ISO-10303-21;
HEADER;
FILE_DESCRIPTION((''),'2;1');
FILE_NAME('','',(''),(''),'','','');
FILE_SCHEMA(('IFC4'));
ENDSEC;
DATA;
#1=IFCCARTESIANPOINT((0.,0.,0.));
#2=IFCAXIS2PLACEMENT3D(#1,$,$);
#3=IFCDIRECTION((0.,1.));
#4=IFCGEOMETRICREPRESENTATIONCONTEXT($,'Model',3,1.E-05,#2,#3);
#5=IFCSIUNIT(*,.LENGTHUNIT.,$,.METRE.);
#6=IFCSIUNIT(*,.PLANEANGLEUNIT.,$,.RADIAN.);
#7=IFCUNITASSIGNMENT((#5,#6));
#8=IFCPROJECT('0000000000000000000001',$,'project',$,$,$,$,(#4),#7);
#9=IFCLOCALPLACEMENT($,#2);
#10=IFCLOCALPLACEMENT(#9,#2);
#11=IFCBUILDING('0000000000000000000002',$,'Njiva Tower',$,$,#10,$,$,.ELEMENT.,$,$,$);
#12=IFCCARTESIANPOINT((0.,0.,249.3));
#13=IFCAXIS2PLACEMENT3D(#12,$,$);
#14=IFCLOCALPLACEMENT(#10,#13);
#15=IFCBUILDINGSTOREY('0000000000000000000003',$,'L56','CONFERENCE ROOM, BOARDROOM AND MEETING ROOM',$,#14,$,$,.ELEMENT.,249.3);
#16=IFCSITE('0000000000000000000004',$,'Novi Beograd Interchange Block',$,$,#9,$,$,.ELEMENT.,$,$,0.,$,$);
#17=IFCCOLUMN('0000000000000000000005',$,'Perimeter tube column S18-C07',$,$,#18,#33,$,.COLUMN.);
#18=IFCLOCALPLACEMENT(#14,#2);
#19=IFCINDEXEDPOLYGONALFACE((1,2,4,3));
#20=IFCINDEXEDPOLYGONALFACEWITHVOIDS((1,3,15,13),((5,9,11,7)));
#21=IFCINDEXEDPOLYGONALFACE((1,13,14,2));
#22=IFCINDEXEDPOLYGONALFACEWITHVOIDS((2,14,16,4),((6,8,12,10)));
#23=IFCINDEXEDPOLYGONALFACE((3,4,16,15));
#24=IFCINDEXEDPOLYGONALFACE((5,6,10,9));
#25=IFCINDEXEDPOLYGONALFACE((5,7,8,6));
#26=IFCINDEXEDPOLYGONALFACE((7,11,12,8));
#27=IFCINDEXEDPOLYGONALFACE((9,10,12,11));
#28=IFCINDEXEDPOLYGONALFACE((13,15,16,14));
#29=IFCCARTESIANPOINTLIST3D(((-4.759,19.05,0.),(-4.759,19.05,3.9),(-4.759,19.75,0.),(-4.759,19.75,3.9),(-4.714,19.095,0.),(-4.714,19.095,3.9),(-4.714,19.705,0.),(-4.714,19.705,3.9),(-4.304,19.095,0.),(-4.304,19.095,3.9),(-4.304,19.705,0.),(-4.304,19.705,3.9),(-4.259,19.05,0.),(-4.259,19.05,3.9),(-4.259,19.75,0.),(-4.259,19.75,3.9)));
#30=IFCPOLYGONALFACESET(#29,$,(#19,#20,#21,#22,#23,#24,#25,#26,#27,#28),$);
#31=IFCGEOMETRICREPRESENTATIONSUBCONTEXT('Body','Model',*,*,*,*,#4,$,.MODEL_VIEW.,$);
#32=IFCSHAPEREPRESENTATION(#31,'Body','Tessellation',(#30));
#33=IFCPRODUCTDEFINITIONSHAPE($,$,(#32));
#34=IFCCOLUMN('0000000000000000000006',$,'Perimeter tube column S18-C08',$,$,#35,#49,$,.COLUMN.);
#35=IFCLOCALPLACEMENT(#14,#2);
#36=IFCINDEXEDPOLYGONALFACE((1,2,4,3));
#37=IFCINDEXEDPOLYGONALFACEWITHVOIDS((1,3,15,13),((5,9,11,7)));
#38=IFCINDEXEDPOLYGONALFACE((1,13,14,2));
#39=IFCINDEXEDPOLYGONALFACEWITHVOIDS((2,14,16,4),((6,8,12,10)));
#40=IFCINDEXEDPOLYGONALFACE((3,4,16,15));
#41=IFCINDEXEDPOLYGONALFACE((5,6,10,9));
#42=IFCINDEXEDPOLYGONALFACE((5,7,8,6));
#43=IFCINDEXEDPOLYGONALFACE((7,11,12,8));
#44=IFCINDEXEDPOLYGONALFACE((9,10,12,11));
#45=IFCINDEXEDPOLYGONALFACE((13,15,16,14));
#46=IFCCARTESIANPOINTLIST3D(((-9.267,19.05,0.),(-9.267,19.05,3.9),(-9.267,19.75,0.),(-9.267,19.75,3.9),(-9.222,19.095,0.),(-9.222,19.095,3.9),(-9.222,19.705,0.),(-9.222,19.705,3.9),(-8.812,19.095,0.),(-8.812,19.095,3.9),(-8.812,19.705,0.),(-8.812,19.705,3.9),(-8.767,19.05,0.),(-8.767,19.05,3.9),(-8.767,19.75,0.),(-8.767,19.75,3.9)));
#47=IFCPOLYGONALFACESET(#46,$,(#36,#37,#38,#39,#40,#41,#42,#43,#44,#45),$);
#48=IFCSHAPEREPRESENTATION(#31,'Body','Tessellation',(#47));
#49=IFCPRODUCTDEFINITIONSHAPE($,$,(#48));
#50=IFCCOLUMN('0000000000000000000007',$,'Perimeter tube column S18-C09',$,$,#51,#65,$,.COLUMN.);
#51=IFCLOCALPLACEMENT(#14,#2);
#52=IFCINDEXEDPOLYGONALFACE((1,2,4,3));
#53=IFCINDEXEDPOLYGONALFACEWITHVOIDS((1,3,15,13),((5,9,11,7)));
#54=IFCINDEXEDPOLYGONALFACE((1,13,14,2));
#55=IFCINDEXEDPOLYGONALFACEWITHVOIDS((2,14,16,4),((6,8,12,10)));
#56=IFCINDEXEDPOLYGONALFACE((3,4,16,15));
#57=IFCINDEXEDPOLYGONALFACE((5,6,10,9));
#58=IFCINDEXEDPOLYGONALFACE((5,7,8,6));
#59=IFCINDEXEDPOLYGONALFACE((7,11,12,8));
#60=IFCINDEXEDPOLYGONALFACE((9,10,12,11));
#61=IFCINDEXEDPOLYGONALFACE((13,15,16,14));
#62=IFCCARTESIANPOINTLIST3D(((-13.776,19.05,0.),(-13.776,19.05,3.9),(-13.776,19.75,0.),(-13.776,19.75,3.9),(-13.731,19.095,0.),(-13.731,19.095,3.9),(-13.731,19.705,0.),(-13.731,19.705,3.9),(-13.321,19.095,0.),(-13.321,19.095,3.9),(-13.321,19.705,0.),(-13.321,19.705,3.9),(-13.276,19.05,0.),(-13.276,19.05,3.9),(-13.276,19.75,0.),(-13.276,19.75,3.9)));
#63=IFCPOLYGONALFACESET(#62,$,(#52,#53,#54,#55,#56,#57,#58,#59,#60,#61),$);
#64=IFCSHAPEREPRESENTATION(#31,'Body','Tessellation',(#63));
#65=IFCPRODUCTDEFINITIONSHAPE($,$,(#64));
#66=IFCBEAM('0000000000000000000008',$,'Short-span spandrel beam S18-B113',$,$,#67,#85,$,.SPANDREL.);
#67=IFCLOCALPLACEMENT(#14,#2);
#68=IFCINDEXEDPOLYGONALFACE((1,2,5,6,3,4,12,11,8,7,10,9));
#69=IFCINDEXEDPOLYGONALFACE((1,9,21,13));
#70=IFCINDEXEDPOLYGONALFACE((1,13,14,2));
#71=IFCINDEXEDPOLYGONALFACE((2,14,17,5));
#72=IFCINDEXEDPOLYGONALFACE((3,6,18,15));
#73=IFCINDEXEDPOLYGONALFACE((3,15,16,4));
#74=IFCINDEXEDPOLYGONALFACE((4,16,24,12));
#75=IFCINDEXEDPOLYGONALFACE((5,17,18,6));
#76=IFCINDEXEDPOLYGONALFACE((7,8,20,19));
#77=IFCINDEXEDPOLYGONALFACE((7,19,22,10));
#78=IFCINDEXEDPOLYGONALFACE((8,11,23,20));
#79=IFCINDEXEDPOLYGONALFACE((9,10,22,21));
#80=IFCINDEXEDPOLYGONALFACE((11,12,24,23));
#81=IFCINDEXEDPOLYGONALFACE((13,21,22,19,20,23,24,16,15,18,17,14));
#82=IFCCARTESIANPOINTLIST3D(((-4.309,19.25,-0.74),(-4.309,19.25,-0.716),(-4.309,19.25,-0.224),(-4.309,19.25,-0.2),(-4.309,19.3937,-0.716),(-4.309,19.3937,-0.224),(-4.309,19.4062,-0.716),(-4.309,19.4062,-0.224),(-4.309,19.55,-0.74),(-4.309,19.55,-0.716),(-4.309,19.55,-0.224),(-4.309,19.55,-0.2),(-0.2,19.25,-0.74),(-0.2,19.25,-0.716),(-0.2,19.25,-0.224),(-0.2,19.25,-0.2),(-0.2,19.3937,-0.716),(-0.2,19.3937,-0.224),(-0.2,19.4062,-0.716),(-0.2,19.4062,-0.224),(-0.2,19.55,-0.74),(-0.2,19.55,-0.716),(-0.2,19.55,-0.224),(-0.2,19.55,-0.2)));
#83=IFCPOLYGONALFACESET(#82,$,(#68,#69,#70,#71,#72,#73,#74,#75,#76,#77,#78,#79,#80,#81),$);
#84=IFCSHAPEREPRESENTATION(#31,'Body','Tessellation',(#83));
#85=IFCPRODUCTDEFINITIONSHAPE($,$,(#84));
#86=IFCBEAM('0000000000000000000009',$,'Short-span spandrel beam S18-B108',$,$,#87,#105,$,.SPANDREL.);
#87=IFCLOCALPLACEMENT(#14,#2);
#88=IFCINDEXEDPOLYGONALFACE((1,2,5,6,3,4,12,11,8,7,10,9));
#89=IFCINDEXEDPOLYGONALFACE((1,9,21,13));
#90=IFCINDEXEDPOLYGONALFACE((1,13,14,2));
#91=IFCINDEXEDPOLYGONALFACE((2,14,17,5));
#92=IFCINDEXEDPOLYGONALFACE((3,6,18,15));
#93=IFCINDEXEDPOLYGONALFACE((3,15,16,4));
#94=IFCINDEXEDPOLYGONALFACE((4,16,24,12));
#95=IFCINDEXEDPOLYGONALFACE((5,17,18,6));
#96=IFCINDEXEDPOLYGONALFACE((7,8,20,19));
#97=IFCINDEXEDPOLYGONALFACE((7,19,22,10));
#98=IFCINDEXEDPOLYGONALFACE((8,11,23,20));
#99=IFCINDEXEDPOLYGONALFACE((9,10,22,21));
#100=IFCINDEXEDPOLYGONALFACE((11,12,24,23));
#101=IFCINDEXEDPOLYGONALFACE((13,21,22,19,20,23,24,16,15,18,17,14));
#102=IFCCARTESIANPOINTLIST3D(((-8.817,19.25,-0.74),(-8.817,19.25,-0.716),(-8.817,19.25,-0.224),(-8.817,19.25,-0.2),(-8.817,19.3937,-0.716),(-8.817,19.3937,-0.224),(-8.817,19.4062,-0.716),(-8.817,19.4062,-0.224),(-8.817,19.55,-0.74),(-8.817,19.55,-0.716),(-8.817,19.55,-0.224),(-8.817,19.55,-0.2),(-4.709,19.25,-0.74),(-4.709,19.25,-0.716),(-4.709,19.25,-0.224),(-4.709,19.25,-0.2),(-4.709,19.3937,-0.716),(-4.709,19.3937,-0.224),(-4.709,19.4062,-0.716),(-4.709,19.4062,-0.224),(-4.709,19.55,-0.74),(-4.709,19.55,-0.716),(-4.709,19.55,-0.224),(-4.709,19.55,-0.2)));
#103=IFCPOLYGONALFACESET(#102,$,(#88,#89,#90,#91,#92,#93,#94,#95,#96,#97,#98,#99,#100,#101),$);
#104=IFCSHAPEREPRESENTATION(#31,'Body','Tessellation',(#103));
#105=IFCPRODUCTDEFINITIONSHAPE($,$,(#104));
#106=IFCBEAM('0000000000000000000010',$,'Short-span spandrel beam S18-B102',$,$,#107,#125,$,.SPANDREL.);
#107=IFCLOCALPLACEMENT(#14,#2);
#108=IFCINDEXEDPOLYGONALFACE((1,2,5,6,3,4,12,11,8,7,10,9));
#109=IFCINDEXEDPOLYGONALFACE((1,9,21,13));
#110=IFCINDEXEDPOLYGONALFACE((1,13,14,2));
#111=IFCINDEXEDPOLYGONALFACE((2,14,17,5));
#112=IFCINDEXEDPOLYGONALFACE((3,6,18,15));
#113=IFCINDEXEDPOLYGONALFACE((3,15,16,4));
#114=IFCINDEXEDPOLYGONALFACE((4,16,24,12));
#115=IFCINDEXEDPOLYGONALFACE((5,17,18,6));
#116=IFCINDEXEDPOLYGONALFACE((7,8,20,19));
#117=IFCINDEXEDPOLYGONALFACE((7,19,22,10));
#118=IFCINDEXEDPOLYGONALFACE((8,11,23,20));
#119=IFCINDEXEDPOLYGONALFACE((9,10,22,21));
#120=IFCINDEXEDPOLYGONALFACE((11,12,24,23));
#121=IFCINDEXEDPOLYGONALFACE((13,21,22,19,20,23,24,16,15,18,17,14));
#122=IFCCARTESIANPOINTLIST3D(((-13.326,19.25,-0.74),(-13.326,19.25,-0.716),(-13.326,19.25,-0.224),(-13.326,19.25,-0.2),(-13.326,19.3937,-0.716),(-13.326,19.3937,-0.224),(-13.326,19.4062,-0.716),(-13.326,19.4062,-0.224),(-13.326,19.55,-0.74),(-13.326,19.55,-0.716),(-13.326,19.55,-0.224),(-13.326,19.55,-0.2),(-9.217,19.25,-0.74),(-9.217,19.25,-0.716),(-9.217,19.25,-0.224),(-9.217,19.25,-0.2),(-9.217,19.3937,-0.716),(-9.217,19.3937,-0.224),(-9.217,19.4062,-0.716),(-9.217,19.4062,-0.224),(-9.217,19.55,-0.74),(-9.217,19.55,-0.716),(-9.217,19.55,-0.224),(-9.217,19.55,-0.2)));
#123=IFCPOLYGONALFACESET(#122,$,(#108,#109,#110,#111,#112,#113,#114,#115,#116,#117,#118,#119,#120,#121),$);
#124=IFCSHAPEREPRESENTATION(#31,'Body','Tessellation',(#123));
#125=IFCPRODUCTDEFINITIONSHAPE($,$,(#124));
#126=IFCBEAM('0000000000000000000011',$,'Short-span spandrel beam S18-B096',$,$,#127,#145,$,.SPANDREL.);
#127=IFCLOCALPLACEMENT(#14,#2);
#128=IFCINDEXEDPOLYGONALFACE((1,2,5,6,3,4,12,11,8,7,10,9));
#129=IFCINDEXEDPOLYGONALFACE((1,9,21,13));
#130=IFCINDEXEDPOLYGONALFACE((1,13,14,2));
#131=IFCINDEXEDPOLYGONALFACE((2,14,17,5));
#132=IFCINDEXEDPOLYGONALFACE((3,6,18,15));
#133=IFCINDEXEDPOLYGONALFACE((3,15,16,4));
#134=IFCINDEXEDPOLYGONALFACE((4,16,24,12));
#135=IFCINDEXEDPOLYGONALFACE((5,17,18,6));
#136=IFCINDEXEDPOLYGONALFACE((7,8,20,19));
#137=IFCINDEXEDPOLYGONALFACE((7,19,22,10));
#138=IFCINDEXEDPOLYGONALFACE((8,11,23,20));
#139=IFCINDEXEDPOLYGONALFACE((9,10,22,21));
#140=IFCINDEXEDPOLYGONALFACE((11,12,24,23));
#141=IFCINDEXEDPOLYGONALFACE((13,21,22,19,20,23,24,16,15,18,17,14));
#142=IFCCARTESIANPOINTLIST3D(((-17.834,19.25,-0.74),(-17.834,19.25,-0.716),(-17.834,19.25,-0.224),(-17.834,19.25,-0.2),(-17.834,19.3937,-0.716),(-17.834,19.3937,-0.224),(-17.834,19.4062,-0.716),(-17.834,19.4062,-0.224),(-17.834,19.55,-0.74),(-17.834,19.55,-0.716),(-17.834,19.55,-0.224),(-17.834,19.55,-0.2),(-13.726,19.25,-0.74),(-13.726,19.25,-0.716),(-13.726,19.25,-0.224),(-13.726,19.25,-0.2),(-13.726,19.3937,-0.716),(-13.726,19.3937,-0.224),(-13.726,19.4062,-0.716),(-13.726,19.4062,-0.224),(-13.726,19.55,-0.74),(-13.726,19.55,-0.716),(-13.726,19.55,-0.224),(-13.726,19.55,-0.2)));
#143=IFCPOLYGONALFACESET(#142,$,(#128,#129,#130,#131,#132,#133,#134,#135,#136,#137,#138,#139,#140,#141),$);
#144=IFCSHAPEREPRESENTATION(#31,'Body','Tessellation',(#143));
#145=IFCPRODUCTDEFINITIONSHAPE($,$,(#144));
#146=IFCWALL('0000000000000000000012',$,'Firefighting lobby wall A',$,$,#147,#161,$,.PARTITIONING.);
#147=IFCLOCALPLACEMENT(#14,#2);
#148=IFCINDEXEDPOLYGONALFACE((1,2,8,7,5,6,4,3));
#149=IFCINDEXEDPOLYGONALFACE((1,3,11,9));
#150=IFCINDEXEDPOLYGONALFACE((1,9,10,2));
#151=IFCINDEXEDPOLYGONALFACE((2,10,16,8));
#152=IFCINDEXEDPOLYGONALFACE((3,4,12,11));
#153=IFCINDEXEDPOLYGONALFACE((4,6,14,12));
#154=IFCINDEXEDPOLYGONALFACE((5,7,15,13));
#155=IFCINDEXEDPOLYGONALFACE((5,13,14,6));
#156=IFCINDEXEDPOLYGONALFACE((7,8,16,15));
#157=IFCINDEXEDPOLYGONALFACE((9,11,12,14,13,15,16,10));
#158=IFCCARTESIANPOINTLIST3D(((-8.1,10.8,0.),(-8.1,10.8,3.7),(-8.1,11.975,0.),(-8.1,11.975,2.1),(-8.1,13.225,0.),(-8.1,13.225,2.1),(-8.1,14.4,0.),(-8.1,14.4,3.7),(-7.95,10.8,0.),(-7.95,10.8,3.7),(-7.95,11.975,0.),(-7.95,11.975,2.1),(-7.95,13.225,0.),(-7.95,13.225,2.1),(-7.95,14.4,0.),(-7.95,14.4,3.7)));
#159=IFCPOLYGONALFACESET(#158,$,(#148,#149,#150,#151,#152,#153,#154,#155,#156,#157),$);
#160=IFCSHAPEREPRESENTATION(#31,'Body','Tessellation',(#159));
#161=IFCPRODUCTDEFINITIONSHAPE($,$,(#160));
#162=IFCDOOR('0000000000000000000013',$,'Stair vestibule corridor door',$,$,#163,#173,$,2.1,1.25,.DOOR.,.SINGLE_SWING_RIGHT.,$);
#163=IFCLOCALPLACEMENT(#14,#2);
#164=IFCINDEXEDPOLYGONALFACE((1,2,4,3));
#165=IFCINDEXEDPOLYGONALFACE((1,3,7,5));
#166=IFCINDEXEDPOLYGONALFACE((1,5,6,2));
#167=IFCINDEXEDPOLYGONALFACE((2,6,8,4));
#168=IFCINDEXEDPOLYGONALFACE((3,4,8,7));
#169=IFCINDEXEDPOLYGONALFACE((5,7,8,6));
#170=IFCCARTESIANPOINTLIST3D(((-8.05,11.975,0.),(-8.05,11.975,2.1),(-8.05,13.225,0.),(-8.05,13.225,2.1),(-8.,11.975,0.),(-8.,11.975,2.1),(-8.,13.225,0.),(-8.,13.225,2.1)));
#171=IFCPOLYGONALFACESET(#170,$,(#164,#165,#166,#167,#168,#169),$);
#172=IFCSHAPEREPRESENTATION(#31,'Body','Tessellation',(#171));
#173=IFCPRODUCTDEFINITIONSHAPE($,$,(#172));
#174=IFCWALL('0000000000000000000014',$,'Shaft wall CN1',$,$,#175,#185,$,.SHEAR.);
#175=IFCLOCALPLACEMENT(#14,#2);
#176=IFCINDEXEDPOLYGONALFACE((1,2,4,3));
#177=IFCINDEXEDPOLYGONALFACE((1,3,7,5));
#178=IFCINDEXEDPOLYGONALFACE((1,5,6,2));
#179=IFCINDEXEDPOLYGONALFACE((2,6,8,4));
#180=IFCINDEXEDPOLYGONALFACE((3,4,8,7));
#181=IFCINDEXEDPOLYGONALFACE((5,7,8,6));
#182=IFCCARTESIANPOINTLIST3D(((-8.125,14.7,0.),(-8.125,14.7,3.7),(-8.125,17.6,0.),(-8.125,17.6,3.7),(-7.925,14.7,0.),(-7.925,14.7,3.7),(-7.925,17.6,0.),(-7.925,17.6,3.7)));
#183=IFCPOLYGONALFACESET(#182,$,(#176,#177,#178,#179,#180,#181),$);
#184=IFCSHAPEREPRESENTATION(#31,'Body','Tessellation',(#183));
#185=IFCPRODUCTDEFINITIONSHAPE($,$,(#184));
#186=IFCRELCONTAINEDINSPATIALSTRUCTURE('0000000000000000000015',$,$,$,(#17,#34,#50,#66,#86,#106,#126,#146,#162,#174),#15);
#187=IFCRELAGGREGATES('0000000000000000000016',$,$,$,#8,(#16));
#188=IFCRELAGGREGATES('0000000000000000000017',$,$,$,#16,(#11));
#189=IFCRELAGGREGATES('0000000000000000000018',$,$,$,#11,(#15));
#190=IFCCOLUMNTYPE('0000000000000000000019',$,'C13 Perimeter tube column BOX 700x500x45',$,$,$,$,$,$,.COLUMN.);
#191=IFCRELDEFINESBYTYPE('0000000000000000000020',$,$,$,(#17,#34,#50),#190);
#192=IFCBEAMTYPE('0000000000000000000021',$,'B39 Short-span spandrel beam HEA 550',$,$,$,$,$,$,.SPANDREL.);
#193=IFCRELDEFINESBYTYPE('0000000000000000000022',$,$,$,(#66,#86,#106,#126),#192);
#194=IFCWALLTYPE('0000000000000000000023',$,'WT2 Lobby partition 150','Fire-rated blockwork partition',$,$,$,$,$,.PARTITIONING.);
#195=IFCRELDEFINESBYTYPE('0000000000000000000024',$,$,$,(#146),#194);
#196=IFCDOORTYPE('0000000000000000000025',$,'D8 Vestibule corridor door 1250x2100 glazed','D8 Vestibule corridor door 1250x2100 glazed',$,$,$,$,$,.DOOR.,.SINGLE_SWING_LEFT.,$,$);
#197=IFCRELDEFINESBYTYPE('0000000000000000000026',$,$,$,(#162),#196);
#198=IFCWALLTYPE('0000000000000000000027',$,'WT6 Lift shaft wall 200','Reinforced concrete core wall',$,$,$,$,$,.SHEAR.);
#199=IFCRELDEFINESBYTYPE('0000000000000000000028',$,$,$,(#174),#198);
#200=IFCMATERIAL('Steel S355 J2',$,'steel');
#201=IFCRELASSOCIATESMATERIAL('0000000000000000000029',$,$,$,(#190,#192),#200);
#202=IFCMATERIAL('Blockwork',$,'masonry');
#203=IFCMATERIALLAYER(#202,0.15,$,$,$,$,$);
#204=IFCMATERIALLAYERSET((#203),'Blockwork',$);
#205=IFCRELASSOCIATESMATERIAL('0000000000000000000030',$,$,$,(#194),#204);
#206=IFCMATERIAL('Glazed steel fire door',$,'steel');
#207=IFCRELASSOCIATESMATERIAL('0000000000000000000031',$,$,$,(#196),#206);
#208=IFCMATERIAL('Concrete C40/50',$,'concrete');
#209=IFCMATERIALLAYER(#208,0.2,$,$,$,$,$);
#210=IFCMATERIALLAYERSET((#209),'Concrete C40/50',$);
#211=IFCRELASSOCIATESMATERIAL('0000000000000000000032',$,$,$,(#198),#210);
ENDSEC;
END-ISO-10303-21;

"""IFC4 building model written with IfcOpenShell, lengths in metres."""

from ifc_helpers import new_model, si_unit, direction, frame, frame_2d, origin, origin_2d, place, context, subcontext, project, spatial, rectangle, hollow_rectangle, i_section, extrude, material, layer, layer_set, material_profile, profile_set, type_object, element, fill, save


model = new_model("IFC4")

# Units and contexts
model_context = context("Model", 3, precision=1e-05, world=origin(), true_north=direction((0.0, 1.0)))
body_context = subcontext(model_context, "Body", "Model", "MODEL_VIEW")
ifc_project = project(units=[si_unit("LENGTHUNIT", "METRE"), si_unit("PLANEANGLEUNIT", "RADIAN")], contexts=[model_context])

# Site, building, storey
site_placement = place(None, origin())
site = spatial("IfcSite", under=ifc_project, at=site_placement, Name="Novi Beograd Interchange Block", CompositionType="ELEMENT", RefElevation=0.0)
building_placement = place(site_placement, origin())
building = spatial("IfcBuilding", under=site, at=building_placement, Name="Njiva Tower", CompositionType="ELEMENT")
storey_placement = place(building_placement, frame((0.0, 0.0, 249.3)))
storey = spatial("IfcBuildingStorey", under=building, at=storey_placement, Name="L56", Description="CONFERENCE ROOM, BOARDROOM AND MEETING ROOM", CompositionType="ELEMENT", Elevation=249.3)

# Columns
ifc_material_1 = material(Name="Steel S355 J2", Category="steel")
ifc_material_profile_1 = material_profile(ifc_material_1, hollow_rectangle(XDim=0.5, YDim=0.7, WallThickness=0.045, at=origin_2d()), Name="BOX 700x500x45")
ifc_profile_set_1 = profile_set([ifc_material_profile_1], Name="Steel S355 J2")
column_type = type_object("IfcColumnType", Name="C13 Perimeter tube column BOX 700x500x45", PredefinedType="COLUMN", material=ifc_profile_set_1)
for number, where, z_axis, x_axis, name in (
    (1, (-4.509, 19.4, 0.0), (0.0, 0.0, 1.0), (-1.0, 0.0, 0.0), "Perimeter tube column S18-C07"),
    (2, (-9.017, 19.4, 0.0), (0.0, 0.0, 1.0), (-1.0, 0.0, 0.0), "Perimeter tube column S18-C08"),
    (3, (-13.526, 19.4, 0.0), (0.0, 0.0, 1.0), (-1.0, 0.0, 0.0), "Perimeter tube column S18-C09"),
):
    element("IfcColumn", number, at=place(storey_placement, frame(where, z_axis=z_axis, x_axis=x_axis)), inside=storey, type_object=column_type, Name=name, PredefinedType="COLUMN", context=body_context, shape_type="SweptSolid", body=[
        extrude(hollow_rectangle(XDim=0.5, YDim=0.7, WallThickness=0.045, at=origin_2d()), origin(), (0.0, 0.0, 1.0), 3.9),
    ])

# Beams
ifc_material_profile_2 = material_profile(ifc_material_1, i_section(OverallWidth=0.3, OverallDepth=0.54, WebThickness=0.0125, FlangeThickness=0.024, at=origin_2d()), Name="HEA 550")
ifc_profile_set_2 = profile_set([ifc_material_profile_2], Name="Steel S355 J2")
beam_type = type_object("IfcBeamType", Name="B39 Short-span spandrel beam HEA 550", PredefinedType="SPANDREL", material=ifc_profile_set_2)
beam_1_placement = place(storey_placement, frame((-0.2, 19.4, -0.47), z_axis=(-1.0, 0.0, 0.0), x_axis=(0.0, -1.0, 0.0)))
element("IfcBeam", 4, at=beam_1_placement, inside=storey, type_object=beam_type, Name="Short-span spandrel beam S18-B113", PredefinedType="SPANDREL", context=body_context, shape_type="SweptSolid", body=[
    extrude(i_section(OverallWidth=0.3, OverallDepth=0.54, WebThickness=0.0125, FlangeThickness=0.024, at=origin_2d()), origin(), (0.0, 0.0, 1.0), 4.109),
])
beam_2_placement = place(storey_placement, frame((-4.709, 19.4, -0.47), z_axis=(-1.0, 0.0, 0.0), x_axis=(0.0, -1.0, 0.0)))
element("IfcBeam", 5, at=beam_2_placement, inside=storey, type_object=beam_type, Name="Short-span spandrel beam S18-B108", PredefinedType="SPANDREL", context=body_context, shape_type="SweptSolid", body=[
    extrude(i_section(OverallWidth=0.3, OverallDepth=0.54, WebThickness=0.0125, FlangeThickness=0.024, at=origin_2d()), origin(), (0.0, 0.0, 1.0), 4.108),
])
beam_3_placement = place(storey_placement, frame((-9.217, 19.4, -0.47), z_axis=(-1.0, 0.0, 0.0), x_axis=(0.0, -1.0, 0.0)))
element("IfcBeam", 6, at=beam_3_placement, inside=storey, type_object=beam_type, Name="Short-span spandrel beam S18-B102", PredefinedType="SPANDREL", context=body_context, shape_type="SweptSolid", body=[
    extrude(i_section(OverallWidth=0.3, OverallDepth=0.54, WebThickness=0.0125, FlangeThickness=0.024, at=origin_2d()), origin(), (0.0, 0.0, 1.0), 4.109),
])
beam_4_placement = place(storey_placement, frame((-13.726, 19.4, -0.47), z_axis=(-1.0, 0.0, 0.0), x_axis=(0.0, -1.0, 0.0)))
element("IfcBeam", 7, at=beam_4_placement, inside=storey, type_object=beam_type, Name="Short-span spandrel beam S18-B096", PredefinedType="SPANDREL", context=body_context, shape_type="SweptSolid", body=[
    extrude(i_section(OverallWidth=0.3, OverallDepth=0.54, WebThickness=0.0125, FlangeThickness=0.024, at=origin_2d()), origin(), (0.0, 0.0, 1.0), 4.108),
])

# Wall, opening, door
ifc_material_2 = material(Name="Blockwork", Category="masonry")
ifc_layer_1 = layer(ifc_material_2, 0.15)
ifc_layer_set_1 = layer_set([ifc_layer_1], Name="Blockwork")
wall_type_1 = type_object("IfcWallType", Name="WT2 Lobby partition 150", Description="Fire-rated blockwork partition", PredefinedType="PARTITIONING", material=ifc_layer_set_1)
wall_1_placement = place(storey_placement, frame((-8.025, 10.8, 0.0), z_axis=(0.0, 0.0, 1.0), x_axis=(0.0, 1.0, 0.0)))
wall_1 = element("IfcWall", 8, at=wall_1_placement, inside=storey, type_object=wall_type_1, Name="Firefighting lobby wall A", PredefinedType="PARTITIONING", context=body_context, shape_type="SweptSolid", body=[
    extrude(rectangle(XDim=3.6, YDim=0.15, at=frame_2d((1.8, 0.0))), origin(), (0.0, 0.0, 1.0), 3.7),
])
opening_1_placement = place(wall_1_placement, frame((1.175, 0.0, 0.0)))
opening_1 = element("IfcOpeningElement", 9, at=opening_1_placement, cuts=wall_1, PredefinedType="OPENING", context=body_context, shape_type="SweptSolid", body=[
    extrude(rectangle(XDim=1.25, YDim=2.1, at=frame_2d((0.625, 1.05))), frame((0.0, 0.085, 0.0), z_axis=(0.0, -1.0, 0.0), x_axis=(1.0, 0.0, 0.0)), (0.0, 0.0, 1.0), 0.17),
])
ifc_material_3 = material(Name="Glazed steel fire door", Category="steel")
door_type_1 = type_object("IfcDoorType", Name="D8 Vestibule corridor door 1250x2100 glazed", Description="D8 Vestibule corridor door 1250x2100 glazed", OperationType="SINGLE_SWING_LEFT", PredefinedType="DOOR", material=ifc_material_3)
door_1_placement = place(opening_1_placement, origin())
door_1 = element("IfcDoor", 10, at=door_1_placement, inside=storey, type_object=door_type_1, Name="Stair vestibule corridor door", OperationType="SINGLE_SWING_RIGHT", OverallHeight=2.1, OverallWidth=1.25, PredefinedType="DOOR", context=body_context, shape_type="SweptSolid", body=[
    extrude(rectangle(XDim=1.25, YDim=2.1, at=frame_2d((0.625, 1.05))), frame((0.0, 0.025, 0.0), z_axis=(0.0, -1.0, 0.0), x_axis=(1.0, 0.0, 0.0)), (0.0, 0.0, 1.0), 0.05),
])
fill(opening_1, door_1)

# Wall
ifc_material_4 = material(Name="Concrete C40/50", Category="concrete")
ifc_layer_2 = layer(ifc_material_4, 0.2)
ifc_layer_set_2 = layer_set([ifc_layer_2], Name="Concrete C40/50")
wall_type_2 = type_object("IfcWallType", Name="WT6 Lift shaft wall 200", Description="Reinforced concrete core wall", PredefinedType="SHEAR", material=ifc_layer_set_2)
for number, where, z_axis, x_axis, name in (
    (11, (-8.025, 14.7, 0.0), (0.0, 0.0, 1.0), (0.0, 1.0, 0.0), "Shaft wall CN1"),
):
    element("IfcWall", number, at=place(storey_placement, frame(where, z_axis=z_axis, x_axis=x_axis)), inside=storey, type_object=wall_type_2, Name=name, PredefinedType="SHEAR", context=body_context, shape_type="SweptSolid", body=[
        extrude(rectangle(XDim=2.9, YDim=0.2, at=frame_2d((1.45, 0.0))), origin(), (0.0, 0.0, 1.0), 3.7),
    ])

save(model, "model.ifc")
